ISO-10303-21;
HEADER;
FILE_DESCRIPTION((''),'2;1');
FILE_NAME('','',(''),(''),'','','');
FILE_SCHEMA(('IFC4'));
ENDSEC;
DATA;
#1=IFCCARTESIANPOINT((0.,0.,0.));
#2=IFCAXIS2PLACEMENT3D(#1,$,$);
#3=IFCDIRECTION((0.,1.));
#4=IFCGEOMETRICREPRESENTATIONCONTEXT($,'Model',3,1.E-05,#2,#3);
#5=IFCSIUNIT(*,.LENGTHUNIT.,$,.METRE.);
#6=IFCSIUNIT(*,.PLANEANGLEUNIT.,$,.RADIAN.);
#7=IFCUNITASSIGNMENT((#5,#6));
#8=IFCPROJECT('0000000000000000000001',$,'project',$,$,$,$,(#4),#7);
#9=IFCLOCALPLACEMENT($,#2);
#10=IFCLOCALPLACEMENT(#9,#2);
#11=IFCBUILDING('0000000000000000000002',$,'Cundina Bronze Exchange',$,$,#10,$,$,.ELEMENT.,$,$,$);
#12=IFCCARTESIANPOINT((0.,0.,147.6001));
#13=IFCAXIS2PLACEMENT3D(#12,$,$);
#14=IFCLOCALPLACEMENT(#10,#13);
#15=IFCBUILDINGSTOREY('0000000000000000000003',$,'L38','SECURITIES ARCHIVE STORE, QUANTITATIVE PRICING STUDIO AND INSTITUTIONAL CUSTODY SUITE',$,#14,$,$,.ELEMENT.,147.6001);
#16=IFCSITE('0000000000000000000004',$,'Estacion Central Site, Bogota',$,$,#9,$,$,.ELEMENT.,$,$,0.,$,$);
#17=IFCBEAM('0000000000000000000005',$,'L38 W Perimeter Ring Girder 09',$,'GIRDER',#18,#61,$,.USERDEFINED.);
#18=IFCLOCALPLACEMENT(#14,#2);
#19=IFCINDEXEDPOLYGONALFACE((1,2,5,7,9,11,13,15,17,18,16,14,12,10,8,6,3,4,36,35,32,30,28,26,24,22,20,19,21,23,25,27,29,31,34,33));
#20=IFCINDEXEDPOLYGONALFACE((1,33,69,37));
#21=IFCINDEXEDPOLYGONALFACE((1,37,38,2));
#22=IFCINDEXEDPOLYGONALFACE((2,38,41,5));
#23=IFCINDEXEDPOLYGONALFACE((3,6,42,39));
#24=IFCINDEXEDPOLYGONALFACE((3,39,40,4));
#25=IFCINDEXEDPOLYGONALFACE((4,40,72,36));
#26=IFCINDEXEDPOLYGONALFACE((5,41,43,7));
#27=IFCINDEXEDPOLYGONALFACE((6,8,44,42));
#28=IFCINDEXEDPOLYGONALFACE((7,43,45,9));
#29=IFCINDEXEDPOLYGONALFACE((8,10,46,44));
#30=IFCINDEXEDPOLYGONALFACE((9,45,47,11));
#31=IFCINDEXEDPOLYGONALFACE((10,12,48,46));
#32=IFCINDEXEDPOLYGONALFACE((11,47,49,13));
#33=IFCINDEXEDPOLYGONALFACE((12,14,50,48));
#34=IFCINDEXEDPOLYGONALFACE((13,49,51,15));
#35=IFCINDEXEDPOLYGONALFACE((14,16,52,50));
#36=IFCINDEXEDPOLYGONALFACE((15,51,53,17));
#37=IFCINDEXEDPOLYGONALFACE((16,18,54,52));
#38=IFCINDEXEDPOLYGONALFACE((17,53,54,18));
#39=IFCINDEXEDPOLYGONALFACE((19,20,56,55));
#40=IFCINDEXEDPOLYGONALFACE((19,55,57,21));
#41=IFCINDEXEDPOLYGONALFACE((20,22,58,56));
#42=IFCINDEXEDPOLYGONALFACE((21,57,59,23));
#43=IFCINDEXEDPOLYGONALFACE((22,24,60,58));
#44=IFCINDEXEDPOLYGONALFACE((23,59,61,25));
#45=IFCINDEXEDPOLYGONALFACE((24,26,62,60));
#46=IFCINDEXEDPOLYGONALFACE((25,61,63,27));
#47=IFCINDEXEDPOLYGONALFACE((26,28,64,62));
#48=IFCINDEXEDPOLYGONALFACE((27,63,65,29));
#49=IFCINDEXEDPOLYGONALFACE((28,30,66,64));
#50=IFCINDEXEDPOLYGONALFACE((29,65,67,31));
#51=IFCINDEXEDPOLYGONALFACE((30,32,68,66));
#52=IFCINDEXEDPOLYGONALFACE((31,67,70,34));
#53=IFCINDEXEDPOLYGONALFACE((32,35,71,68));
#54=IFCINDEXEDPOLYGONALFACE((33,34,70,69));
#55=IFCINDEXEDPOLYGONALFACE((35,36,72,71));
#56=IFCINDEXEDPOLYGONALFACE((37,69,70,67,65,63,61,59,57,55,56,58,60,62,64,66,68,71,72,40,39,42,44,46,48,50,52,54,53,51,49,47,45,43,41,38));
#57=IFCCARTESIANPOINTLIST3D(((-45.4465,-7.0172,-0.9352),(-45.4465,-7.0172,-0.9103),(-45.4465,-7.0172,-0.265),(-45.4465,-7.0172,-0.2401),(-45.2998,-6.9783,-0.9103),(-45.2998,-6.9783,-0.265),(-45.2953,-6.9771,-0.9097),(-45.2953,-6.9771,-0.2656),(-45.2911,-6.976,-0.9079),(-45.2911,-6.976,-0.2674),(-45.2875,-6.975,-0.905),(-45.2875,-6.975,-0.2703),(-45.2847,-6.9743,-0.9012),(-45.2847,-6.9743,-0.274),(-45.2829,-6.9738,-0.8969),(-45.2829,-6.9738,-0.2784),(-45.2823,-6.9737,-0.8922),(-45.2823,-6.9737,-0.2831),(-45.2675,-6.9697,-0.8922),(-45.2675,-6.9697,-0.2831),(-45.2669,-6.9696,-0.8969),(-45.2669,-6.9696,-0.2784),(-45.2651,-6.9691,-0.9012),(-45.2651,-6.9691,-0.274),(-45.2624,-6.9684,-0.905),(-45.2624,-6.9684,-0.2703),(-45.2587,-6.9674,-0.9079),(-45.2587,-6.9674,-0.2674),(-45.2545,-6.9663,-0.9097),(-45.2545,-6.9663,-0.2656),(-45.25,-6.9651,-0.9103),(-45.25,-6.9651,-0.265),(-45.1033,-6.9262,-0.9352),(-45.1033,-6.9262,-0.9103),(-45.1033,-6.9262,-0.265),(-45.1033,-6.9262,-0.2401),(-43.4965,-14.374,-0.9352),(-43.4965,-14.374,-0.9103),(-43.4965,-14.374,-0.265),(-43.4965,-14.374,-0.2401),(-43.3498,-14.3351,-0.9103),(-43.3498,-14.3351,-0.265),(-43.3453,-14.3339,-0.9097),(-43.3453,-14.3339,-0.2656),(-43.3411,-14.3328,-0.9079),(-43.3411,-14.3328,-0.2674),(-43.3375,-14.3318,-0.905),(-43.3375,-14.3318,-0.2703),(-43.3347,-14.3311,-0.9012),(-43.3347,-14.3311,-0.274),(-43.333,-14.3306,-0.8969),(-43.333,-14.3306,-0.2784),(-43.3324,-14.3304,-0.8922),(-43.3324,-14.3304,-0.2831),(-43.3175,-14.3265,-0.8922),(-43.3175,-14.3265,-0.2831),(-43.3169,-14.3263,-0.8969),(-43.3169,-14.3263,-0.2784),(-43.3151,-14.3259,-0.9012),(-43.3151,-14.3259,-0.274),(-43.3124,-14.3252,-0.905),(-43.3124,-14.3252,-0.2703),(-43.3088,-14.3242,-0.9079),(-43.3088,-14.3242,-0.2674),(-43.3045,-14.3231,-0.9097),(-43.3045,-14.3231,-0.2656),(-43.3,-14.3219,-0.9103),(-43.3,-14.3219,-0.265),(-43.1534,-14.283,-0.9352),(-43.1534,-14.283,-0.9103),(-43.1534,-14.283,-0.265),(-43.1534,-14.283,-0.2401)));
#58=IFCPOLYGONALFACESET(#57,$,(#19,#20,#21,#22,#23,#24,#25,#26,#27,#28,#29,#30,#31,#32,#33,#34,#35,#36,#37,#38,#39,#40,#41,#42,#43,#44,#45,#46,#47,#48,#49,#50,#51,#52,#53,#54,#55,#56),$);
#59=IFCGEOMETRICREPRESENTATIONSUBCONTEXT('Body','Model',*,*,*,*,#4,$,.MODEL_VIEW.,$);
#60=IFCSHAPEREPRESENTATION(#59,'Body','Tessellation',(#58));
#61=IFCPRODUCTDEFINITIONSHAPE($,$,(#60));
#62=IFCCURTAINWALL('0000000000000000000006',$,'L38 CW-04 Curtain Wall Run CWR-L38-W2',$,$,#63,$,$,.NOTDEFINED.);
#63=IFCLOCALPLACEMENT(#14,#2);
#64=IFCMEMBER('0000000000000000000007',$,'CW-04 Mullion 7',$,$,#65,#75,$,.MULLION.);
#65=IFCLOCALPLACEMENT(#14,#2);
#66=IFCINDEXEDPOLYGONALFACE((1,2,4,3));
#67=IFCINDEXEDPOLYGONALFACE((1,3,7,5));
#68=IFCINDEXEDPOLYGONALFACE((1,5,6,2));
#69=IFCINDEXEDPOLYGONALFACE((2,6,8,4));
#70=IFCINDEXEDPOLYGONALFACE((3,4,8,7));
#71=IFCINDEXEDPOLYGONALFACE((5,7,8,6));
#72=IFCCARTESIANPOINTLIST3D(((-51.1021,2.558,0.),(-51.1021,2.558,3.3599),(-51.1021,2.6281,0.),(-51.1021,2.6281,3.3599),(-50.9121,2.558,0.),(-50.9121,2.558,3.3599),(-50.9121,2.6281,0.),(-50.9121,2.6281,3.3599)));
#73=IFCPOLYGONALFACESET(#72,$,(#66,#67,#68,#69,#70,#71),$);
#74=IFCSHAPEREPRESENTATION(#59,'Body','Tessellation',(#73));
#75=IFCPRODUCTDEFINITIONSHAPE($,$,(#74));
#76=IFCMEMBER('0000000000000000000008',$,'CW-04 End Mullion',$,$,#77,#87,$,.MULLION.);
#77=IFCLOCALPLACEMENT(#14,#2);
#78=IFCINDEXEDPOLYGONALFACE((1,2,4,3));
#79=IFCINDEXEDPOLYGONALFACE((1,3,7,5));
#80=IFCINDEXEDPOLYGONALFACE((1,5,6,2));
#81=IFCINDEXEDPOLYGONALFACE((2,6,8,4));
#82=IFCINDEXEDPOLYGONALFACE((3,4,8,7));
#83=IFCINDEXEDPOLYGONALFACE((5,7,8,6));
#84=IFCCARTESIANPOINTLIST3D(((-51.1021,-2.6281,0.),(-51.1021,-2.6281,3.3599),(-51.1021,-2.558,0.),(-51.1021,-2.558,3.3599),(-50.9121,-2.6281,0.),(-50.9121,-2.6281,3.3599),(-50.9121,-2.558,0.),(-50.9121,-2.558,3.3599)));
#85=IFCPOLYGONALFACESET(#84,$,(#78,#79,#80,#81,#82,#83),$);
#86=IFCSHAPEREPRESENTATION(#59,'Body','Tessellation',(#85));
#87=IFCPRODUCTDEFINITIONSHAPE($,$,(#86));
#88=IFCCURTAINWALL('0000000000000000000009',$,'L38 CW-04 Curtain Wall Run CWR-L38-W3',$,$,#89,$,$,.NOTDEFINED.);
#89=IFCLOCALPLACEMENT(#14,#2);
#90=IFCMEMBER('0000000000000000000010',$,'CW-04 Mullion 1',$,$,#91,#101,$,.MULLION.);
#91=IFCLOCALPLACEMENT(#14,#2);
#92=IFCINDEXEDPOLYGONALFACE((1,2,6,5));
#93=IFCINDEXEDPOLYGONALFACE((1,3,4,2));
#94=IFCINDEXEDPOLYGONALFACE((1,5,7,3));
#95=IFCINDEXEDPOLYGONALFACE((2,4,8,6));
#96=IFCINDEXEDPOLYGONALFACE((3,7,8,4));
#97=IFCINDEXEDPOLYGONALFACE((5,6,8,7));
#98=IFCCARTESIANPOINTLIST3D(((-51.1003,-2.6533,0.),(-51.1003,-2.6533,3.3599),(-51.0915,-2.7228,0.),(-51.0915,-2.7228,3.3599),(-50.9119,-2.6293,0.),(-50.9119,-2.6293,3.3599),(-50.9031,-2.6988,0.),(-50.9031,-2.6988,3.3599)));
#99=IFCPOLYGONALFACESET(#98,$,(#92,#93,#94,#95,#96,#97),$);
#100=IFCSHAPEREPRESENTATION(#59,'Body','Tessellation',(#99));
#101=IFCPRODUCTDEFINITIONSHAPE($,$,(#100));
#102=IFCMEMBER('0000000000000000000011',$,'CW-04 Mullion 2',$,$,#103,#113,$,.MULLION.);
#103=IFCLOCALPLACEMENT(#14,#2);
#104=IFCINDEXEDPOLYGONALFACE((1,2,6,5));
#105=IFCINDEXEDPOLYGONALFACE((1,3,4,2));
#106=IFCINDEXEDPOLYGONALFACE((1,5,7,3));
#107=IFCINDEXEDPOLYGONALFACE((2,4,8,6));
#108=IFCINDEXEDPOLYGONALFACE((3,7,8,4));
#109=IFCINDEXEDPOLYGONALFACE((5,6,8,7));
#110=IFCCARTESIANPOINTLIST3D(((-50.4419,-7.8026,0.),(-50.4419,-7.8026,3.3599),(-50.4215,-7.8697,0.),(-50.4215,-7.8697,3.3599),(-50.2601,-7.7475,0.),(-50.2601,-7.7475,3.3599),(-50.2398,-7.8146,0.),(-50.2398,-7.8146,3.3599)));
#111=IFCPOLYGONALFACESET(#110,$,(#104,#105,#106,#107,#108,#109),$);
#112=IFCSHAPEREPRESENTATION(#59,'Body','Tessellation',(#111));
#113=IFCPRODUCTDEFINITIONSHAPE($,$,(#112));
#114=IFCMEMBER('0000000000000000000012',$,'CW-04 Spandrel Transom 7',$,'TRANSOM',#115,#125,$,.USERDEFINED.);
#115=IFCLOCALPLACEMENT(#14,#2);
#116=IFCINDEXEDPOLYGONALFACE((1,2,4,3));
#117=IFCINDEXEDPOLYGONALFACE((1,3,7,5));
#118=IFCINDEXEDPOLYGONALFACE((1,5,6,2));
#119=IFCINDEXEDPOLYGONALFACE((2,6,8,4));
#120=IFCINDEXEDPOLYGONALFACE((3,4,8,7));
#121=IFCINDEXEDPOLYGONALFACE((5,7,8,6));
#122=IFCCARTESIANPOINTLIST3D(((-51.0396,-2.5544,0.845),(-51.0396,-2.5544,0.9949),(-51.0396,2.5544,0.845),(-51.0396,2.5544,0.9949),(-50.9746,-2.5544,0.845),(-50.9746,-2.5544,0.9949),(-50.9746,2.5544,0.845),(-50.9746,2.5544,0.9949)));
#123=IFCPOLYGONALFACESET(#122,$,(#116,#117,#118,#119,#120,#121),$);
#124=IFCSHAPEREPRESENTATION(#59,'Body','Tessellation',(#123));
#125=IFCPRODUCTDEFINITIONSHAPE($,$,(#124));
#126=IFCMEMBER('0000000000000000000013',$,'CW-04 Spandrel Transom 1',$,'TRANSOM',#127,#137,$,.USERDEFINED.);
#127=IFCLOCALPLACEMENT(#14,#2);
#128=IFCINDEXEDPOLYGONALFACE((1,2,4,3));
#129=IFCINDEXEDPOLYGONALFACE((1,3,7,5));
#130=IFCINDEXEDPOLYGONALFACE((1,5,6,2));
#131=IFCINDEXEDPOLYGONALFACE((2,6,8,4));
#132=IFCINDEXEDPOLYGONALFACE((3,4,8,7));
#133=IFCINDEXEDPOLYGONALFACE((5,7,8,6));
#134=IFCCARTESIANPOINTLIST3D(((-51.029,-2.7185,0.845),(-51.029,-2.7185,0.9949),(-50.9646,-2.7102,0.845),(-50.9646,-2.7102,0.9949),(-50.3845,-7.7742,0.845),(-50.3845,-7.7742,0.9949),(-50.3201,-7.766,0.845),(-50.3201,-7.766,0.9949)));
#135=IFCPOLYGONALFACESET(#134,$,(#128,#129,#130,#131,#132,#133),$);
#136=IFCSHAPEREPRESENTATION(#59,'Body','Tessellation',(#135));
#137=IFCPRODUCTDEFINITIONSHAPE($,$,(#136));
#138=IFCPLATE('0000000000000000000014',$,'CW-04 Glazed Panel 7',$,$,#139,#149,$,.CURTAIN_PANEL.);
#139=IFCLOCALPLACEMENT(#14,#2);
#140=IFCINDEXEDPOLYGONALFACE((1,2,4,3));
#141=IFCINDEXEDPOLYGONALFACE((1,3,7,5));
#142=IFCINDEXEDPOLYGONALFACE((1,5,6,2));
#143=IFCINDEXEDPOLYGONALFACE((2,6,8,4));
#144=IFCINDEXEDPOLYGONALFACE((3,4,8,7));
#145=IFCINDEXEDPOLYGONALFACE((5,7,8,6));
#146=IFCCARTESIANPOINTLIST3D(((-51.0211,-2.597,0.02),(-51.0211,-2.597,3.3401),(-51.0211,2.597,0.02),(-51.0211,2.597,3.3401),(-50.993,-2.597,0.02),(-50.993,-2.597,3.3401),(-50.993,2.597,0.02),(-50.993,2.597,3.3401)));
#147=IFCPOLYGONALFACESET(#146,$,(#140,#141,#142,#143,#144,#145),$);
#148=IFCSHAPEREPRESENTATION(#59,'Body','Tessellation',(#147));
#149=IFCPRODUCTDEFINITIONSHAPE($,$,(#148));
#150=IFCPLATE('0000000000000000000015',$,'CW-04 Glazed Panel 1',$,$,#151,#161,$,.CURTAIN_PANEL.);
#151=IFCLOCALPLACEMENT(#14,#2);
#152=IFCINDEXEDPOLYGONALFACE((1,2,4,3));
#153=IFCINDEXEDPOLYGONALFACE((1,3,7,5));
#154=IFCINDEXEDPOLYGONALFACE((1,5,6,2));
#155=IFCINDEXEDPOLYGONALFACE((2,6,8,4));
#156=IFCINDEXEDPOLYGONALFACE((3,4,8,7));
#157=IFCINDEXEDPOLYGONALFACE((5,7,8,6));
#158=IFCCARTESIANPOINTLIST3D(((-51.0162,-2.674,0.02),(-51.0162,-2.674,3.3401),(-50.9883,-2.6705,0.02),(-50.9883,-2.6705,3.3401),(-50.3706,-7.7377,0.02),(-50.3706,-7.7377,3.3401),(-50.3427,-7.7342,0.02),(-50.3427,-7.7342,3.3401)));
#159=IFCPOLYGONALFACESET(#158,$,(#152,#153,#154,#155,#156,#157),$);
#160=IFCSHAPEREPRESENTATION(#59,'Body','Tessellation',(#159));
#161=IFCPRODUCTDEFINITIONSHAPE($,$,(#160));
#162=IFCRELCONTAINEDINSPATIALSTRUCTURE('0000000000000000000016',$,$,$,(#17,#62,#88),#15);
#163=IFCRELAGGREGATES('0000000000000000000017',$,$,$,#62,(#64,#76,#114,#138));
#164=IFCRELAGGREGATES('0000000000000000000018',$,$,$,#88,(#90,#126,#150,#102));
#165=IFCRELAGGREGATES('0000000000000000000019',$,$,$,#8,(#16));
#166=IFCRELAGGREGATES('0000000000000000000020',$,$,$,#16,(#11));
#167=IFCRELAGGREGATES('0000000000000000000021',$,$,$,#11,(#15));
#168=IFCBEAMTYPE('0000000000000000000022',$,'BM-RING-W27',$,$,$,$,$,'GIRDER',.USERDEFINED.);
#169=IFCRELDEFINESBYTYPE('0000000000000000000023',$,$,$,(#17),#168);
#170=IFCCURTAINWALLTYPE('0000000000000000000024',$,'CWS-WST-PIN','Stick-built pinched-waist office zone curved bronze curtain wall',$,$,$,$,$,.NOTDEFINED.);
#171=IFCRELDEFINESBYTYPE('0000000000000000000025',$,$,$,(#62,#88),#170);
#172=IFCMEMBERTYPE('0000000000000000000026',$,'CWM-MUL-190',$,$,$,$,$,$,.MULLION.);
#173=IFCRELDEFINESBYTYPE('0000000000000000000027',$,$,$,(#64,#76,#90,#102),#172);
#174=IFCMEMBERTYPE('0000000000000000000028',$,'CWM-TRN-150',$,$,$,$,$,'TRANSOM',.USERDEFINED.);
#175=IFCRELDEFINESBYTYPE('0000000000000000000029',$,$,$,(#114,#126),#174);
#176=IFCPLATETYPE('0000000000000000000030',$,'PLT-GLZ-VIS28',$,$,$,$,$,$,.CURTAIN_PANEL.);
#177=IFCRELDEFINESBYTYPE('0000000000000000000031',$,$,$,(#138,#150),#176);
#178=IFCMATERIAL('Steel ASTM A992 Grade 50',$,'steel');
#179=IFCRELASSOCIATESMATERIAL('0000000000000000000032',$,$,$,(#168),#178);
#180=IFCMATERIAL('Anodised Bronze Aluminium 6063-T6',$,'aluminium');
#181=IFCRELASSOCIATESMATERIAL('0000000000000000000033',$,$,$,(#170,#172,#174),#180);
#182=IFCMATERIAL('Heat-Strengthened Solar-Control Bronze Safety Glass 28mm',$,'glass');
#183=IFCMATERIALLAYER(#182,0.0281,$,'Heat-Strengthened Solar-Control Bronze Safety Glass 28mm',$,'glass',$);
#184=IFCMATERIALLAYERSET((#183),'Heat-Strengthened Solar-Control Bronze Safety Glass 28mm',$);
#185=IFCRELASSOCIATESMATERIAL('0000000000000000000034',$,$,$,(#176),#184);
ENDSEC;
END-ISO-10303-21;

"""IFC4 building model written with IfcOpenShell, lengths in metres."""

from ifc_helpers import new_model, si_unit, direction, frame, origin, origin_2d, place, context, subcontext, project, spatial, rectangle, i_section, extrude, material, layer, layer_set, material_profile, profile_set, type_object, element, aggregate, save


model = new_model("IFC4")

# Units and contexts
model_context = context("Model", 3, precision=1e-05, world=origin(), true_north=direction((0.0, 1.0)))
body_context = subcontext(model_context, "Body", "Model", "MODEL_VIEW")
ifc_project = project(units=[si_unit("LENGTHUNIT", "METRE"), si_unit("PLANEANGLEUNIT", "RADIAN")], contexts=[model_context])

# Site, building, storey
site_placement = place(None, origin())
site = spatial("IfcSite", under=ifc_project, at=site_placement, Name="Estacion Central Site, Bogota", CompositionType="ELEMENT", RefElevation=0.0)
building_placement = place(site_placement, origin())
building = spatial("IfcBuilding", under=site, at=building_placement, Name="Cundina Bronze Exchange", CompositionType="ELEMENT")
storey_placement = place(building_placement, frame((0.0, 0.0, 147.6001)))
storey = spatial("IfcBuildingStorey", under=building, at=storey_placement, Name="L38", Description="SECURITIES ARCHIVE STORE, QUANTITATIVE PRICING STUDIO AND INSTITUTIONAL CUSTODY SUITE", CompositionType="ELEMENT", Elevation=147.6001)

# Shared definitions
ifc_material_1 = material(Name="Steel ASTM A992 Grade 50", Category="steel")

# Beam
ifc_material_profile_1 = material_profile(ifc_material_1, i_section(OverallWidth=0.355, OverallDepth=0.6951, WebThickness=0.0154, FlangeThickness=0.0249, FilletRadius=0.0181, at=origin_2d()), Name="W27X146", Category="steel")
ifc_profile_set_1 = profile_set([ifc_material_profile_1], Name="Steel ASTM A992 Grade 50")
beam_type_1 = type_object("IfcBeamType", Name="BM-RING-W27", ElementType="GIRDER", PredefinedType="USERDEFINED", material=ifc_profile_set_1)
for number, where, z_axis, x_axis, name in (
    (1, (-45.2749, -6.9717, -0.5876), (0.256211, -0.966621, 0.0), (0.966621, 0.256211, 0.0), "L38 W Perimeter Ring Girder 09"),
):
    element("IfcBeam", number, at=place(storey_placement, frame(where, z_axis=z_axis, x_axis=x_axis)), inside=storey, type_object=beam_type_1, Name=name, ObjectType="GIRDER", PredefinedType="USERDEFINED", context=body_context, shape_type="SweptSolid", body=[
        extrude(i_section(OverallWidth=0.355, OverallDepth=0.6951, WebThickness=0.0154, FlangeThickness=0.0249, FilletRadius=0.0181, at=origin_2d()), origin(), (0.0, 0.0, 1.0), 7.6108),
    ])

# Curtain walls, members
ifc_material_2 = material(Name="Anodised Bronze Aluminium 6063-T6", Category="aluminium")
curtain_wall_type = type_object("IfcCurtainWallType", Name="CWS-WST-PIN", Description="Stick-built pinched-waist office zone curved bronze curtain wall", PredefinedType="NOTDEFINED", material=ifc_material_2)
curtain_wall_1_placement = place(storey_placement, origin())
curtain_wall_1 = element("IfcCurtainWall", 2, at=curtain_wall_1_placement, inside=storey, type_object=curtain_wall_type, Name="L38 CW-04 Curtain Wall Run CWR-L38-W2", PredefinedType="NOTDEFINED")
ifc_material_profile_2 = material_profile(ifc_material_2, rectangle(XDim=0.0701, YDim=0.1899, at=origin_2d()), Name="AL70X190", Category="aluminium")
ifc_profile_set_2 = profile_set([ifc_material_profile_2], Name="Anodised Bronze Aluminium 6063-T6")
member_type_1 = type_object("IfcMemberType", Name="CWM-MUL-190", PredefinedType="MULLION", material=ifc_profile_set_2)
member_1_placement = place(storey_placement, frame((-51.0071, 2.593, 0.0), z_axis=(0.0, 0.0, 1.0), x_axis=(0.0, -1.0, 0.0)))
member_1 = element("IfcMember", 3, at=member_1_placement, type_object=member_type_1, Name="CW-04 Mullion 7", PredefinedType="MULLION", context=body_context, shape_type="SweptSolid", body=[
    extrude(rectangle(XDim=0.0701, YDim=0.1899, at=origin_2d()), origin(), (0.0, 0.0, 1.0), 3.3599),
])
member_2_placement = place(storey_placement, frame((-51.0071, -2.593, 0.0), z_axis=(0.0, 0.0, 1.0), x_axis=(0.0, -1.0, 0.0)))
member_2 = element("IfcMember", 4, at=member_2_placement, type_object=member_type_1, Name="CW-04 End Mullion", PredefinedType="MULLION", context=body_context, shape_type="SweptSolid", body=[
    extrude(rectangle(XDim=0.0701, YDim=0.1899, at=origin_2d()), origin(), (0.0, 0.0, 1.0), 3.3599),
])
curtain_wall_2_placement = place(storey_placement, origin())
curtain_wall_2 = element("IfcCurtainWall", 5, at=curtain_wall_2_placement, inside=storey, type_object=curtain_wall_type, Name="L38 CW-04 Curtain Wall Run CWR-L38-W3", PredefinedType="NOTDEFINED")
member_3_placement = place(storey_placement, frame((-51.0017, -2.676, 0.0), z_axis=(0.0, 0.0, 1.0), x_axis=(0.126545, -0.991961, 0.0)))
member_3 = element("IfcMember", 6, at=member_3_placement, type_object=member_type_1, Name="CW-04 Mullion 1", PredefinedType="MULLION", context=body_context, shape_type="SweptSolid", body=[
    extrude(rectangle(XDim=0.0701, YDim=0.1899, at=origin_2d()), origin(), (0.0, 0.0, 1.0), 3.3599),
])
member_4_placement = place(storey_placement, frame((-50.3408, -7.8086, 0.0), z_axis=(0.0, 0.0, 1.0), x_axis=(0.290034, -0.957016, 0.0)))
member_4 = element("IfcMember", 7, at=member_4_placement, type_object=member_type_1, Name="CW-04 Mullion 2", PredefinedType="MULLION", context=body_context, shape_type="SweptSolid", body=[
    extrude(rectangle(XDim=0.0701, YDim=0.1899, at=origin_2d()), origin(), (0.0, 0.0, 1.0), 3.3599),
])

# Members
ifc_material_profile_3 = material_profile(ifc_material_2, rectangle(XDim=0.0649, YDim=0.1499, at=origin_2d()), Name="AL65X150", Category="aluminium")
ifc_profile_set_3 = profile_set([ifc_material_profile_3], Name="Anodised Bronze Aluminium 6063-T6")
member_type_2 = type_object("IfcMemberType", Name="CWM-TRN-150", ElementType="TRANSOM", PredefinedType="USERDEFINED", material=ifc_profile_set_3)
member_5_placement = place(storey_placement, frame((-51.0071, 2.5544, 0.9199), z_axis=(0.0, -1.0, 0.0), x_axis=(1.0, 0.0, 0.0)))
member_5 = element("IfcMember", 8, at=member_5_placement, type_object=member_type_2, Name="CW-04 Spandrel Transom 7", ObjectType="TRANSOM", PredefinedType="USERDEFINED", context=body_context, shape_type="SweptSolid", body=[
    extrude(rectangle(XDim=0.0649, YDim=0.1499, at=origin_2d()), origin(), (0.0, 0.0, 1.0), 5.1089),
])
member_6_placement = place(storey_placement, frame((-50.9968, -2.7144, 0.9199), z_axis=(0.126463, -0.991971, 0.0), x_axis=(0.991971, 0.126463, 0.0)))
member_6 = element("IfcMember", 9, at=member_6_placement, type_object=member_type_2, Name="CW-04 Spandrel Transom 1", ObjectType="TRANSOM", PredefinedType="USERDEFINED", context=body_context, shape_type="SweptSolid", body=[
    extrude(rectangle(XDim=0.0649, YDim=0.1499, at=origin_2d()), origin(), (0.0, 0.0, 1.0), 5.0967),
])

# Plates
ifc_material_3 = material(Name="Heat-Strengthened Solar-Control Bronze Safety Glass 28mm", Category="glass")
ifc_layer_1 = layer(ifc_material_3, 0.0281, Name="Heat-Strengthened Solar-Control Bronze Safety Glass 28mm", Category="glass")
ifc_layer_set_1 = layer_set([ifc_layer_1], Name="Heat-Strengthened Solar-Control Bronze Safety Glass 28mm")
plate_type = type_object("IfcPlateType", Name="PLT-GLZ-VIS28", PredefinedType="CURTAIN_PANEL", material=ifc_layer_set_1)
plate_1_placement = place(storey_placement, frame((-51.0071, 0.0, 0.02), z_axis=(0.0, 0.0, 1.0), x_axis=(0.0, -1.0, 0.0)))
plate_1 = element("IfcPlate", 10, at=plate_1_placement, type_object=plate_type, Name="CW-04 Glazed Panel 7", PredefinedType="CURTAIN_PANEL", context=body_context, shape_type="SweptSolid", body=[
    extrude(rectangle(XDim=5.1941, YDim=0.0281, at=origin_2d()), origin(), (0.0, 0.0, 1.0), 3.3201),
])
aggregate(curtain_wall_1, [member_1, member_2, member_5, plate_1])
plate_2_placement = place(storey_placement, frame((-50.6794, -5.2041, 0.02), z_axis=(0.0, 0.0, 1.0), x_axis=(0.126476, -0.99197, 0.0)))
plate_2 = element("IfcPlate", 11, at=plate_2_placement, type_object=plate_type, Name="CW-04 Glazed Panel 1", PredefinedType="CURTAIN_PANEL", context=body_context, shape_type="SweptSolid", body=[
    extrude(rectangle(XDim=5.1047, YDim=0.0281, at=origin_2d()), origin(), (0.0, 0.0, 1.0), 3.3201),
])
aggregate(curtain_wall_2, [member_3, member_6, plate_2, member_4])

save(model, "model.ifc")
